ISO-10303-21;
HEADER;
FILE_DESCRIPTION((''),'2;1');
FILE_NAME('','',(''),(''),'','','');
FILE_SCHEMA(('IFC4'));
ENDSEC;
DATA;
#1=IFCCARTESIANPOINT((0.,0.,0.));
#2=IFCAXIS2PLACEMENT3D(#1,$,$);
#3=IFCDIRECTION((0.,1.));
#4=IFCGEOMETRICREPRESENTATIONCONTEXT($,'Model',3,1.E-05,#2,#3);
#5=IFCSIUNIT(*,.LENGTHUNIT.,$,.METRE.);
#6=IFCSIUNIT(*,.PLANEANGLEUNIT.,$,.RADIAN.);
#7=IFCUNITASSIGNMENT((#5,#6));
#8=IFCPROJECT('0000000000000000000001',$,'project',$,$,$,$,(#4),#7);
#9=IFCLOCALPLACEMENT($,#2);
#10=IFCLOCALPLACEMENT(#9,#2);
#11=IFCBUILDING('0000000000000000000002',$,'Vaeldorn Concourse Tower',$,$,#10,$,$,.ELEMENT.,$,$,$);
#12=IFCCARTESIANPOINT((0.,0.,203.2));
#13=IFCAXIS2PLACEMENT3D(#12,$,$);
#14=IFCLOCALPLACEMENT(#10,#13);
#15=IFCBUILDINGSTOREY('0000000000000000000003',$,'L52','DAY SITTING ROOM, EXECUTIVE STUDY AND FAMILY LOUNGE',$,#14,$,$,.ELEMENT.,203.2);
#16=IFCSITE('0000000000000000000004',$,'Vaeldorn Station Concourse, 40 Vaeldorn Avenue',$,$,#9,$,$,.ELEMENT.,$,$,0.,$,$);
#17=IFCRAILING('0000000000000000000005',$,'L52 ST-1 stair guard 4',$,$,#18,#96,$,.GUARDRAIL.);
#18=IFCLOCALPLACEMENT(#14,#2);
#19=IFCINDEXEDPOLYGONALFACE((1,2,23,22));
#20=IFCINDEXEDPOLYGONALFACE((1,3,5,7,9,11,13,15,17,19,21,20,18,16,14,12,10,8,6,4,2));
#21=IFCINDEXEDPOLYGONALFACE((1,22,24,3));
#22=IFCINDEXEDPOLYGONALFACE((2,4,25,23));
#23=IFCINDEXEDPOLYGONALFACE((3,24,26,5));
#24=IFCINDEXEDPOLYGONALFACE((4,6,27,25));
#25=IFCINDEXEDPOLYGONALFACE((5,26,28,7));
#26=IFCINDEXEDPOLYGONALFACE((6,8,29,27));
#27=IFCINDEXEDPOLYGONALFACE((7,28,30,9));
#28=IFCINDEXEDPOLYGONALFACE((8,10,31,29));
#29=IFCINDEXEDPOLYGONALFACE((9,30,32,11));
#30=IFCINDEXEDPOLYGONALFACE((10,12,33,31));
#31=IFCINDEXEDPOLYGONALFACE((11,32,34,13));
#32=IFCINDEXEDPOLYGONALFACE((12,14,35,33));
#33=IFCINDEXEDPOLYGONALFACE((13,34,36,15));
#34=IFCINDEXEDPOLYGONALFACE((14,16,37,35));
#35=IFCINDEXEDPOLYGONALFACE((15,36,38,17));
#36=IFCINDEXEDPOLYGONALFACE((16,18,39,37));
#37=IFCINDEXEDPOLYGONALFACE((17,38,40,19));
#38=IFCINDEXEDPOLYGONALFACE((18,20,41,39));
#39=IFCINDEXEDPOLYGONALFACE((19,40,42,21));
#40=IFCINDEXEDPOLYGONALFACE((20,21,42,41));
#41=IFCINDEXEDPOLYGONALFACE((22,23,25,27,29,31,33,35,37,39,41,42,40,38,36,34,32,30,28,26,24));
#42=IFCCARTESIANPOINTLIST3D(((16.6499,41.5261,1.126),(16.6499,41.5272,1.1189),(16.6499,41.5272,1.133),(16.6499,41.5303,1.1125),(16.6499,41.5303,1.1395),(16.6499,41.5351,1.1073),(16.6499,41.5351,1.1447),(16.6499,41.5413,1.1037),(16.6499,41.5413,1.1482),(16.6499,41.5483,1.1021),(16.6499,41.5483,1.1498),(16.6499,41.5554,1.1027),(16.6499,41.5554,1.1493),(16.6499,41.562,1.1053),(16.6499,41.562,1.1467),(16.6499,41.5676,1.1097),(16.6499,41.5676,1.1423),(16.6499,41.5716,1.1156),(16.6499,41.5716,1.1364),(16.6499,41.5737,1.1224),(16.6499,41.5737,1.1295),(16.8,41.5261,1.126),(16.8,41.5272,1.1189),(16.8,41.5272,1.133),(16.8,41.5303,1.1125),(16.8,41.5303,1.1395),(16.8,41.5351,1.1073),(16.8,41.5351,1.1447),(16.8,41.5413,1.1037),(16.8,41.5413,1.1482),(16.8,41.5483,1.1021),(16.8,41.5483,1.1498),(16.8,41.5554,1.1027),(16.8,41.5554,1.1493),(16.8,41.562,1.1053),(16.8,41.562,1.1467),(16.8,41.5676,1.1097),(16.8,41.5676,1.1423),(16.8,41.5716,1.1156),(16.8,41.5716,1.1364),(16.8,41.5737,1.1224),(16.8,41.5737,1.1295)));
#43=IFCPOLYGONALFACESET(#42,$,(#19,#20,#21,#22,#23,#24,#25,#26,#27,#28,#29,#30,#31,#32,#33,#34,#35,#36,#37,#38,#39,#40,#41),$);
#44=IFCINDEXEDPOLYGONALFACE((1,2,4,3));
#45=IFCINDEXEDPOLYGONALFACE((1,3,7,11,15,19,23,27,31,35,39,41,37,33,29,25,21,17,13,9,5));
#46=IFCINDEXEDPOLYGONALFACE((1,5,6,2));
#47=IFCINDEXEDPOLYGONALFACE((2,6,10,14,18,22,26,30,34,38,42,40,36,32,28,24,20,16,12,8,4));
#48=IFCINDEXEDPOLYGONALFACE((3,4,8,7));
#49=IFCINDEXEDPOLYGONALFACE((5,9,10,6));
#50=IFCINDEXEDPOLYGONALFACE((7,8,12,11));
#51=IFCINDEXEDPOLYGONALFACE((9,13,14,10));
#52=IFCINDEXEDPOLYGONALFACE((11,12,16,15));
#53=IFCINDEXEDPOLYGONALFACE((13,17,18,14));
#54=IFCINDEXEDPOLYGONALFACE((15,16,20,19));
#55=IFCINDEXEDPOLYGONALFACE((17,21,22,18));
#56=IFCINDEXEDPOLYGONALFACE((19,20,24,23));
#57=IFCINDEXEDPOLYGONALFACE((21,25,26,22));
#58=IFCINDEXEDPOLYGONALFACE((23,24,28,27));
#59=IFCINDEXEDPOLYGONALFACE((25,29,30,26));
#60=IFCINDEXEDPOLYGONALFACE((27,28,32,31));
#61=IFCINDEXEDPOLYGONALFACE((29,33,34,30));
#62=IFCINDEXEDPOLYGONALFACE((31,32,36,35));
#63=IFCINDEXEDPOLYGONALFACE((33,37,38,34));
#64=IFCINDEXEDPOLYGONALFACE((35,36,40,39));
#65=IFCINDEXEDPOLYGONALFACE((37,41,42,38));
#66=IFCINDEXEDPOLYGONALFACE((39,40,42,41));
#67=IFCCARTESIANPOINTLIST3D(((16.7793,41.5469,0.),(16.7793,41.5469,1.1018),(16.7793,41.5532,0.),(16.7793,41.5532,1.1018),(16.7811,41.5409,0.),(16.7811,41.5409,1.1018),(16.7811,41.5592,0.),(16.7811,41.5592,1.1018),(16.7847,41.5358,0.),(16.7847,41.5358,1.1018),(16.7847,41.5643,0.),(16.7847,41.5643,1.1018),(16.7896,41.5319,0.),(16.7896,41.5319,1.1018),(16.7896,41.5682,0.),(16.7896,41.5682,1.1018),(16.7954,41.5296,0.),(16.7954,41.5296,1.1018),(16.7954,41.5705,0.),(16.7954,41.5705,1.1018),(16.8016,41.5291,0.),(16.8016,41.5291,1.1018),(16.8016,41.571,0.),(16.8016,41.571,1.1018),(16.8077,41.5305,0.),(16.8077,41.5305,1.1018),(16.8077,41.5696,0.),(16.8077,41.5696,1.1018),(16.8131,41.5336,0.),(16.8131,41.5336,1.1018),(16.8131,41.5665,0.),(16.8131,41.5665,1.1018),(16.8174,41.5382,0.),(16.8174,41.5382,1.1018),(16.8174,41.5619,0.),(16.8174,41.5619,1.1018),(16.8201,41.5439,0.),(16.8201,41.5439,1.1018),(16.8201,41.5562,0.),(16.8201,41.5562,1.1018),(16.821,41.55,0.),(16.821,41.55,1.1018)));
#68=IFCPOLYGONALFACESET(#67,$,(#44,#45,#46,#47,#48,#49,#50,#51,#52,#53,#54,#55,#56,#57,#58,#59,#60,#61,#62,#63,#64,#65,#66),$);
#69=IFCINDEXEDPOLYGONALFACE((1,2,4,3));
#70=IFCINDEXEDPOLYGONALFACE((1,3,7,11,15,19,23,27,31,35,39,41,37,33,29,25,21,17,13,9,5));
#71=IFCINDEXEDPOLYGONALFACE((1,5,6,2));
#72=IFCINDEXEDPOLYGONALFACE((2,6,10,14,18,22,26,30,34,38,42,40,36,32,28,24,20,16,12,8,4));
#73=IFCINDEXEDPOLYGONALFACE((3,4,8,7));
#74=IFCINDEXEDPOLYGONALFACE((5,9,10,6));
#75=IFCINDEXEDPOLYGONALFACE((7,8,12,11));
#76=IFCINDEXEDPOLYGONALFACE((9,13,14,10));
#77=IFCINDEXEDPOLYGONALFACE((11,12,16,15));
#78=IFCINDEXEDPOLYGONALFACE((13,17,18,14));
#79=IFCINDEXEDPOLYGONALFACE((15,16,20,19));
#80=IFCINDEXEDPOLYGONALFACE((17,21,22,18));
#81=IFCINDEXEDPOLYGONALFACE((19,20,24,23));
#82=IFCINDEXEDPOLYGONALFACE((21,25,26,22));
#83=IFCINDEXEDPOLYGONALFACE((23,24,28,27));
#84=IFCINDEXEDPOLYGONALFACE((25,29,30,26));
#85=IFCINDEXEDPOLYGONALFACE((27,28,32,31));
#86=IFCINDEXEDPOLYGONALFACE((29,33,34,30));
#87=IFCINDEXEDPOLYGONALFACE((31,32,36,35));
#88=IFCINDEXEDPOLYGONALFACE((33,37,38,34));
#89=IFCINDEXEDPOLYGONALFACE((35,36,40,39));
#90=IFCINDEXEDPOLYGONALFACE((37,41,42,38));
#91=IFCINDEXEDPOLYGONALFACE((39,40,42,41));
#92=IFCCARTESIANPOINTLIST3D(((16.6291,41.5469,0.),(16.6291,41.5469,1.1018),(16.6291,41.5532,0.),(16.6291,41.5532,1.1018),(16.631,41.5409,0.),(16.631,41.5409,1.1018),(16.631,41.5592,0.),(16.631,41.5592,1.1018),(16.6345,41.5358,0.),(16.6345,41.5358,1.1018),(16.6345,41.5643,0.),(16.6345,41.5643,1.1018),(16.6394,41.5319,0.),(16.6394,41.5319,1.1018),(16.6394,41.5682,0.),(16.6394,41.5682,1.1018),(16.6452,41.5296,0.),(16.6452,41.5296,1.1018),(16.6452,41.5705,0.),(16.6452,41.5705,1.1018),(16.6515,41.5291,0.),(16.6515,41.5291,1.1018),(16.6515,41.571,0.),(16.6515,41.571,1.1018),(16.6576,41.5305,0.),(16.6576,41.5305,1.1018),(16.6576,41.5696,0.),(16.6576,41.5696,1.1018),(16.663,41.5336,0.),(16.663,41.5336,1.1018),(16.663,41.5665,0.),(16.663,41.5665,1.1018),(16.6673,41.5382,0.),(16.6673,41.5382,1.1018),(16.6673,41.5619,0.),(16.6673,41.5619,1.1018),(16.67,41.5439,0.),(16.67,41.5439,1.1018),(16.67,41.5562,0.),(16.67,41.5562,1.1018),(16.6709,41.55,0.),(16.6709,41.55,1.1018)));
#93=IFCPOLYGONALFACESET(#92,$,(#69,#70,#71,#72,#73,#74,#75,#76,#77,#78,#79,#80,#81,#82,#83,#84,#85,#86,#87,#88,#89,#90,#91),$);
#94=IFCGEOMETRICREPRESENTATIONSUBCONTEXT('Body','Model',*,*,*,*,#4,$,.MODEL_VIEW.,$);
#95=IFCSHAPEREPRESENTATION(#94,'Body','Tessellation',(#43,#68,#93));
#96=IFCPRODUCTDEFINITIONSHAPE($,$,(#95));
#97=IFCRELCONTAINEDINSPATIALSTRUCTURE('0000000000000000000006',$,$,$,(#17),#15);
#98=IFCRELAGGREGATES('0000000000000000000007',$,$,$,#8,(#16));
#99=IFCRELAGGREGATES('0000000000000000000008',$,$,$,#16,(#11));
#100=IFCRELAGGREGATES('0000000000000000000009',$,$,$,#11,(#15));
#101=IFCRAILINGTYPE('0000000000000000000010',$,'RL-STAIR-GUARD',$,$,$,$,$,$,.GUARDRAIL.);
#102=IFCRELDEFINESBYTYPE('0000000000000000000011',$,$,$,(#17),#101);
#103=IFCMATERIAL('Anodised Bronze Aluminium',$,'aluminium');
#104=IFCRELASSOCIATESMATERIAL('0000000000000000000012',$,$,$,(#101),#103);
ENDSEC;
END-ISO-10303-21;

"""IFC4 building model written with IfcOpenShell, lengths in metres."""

from ifc_helpers import new_model, si_unit, direction, frame, origin, origin_2d, place, context, subcontext, project, spatial, circle, extrude, material, type_object, element, save


model = new_model("IFC4")

# Units and contexts
model_context = context("Model", 3, precision=1e-05, world=origin(), true_north=direction((0.0, 1.0)))
body_context = subcontext(model_context, "Body", "Model", "MODEL_VIEW")
ifc_project = project(units=[si_unit("LENGTHUNIT", "METRE"), si_unit("PLANEANGLEUNIT", "RADIAN")], contexts=[model_context])

# Site, building, storey
site_placement = place(None, origin())
site = spatial("IfcSite", under=ifc_project, at=site_placement, Name="Vaeldorn Station Concourse, 40 Vaeldorn Avenue", CompositionType="ELEMENT", RefElevation=0.0)
building_placement = place(site_placement, origin())
building = spatial("IfcBuilding", under=site, at=building_placement, Name="Vaeldorn Concourse Tower", CompositionType="ELEMENT")
storey_placement = place(building_placement, frame((0.0, 0.0, 203.2)))
storey = spatial("IfcBuildingStorey", under=building, at=storey_placement, Name="L52", Description="DAY SITTING ROOM, EXECUTIVE STUDY AND FAMILY LOUNGE", CompositionType="ELEMENT", Elevation=203.2)

# Railing
ifc_material_1 = material(Name="Anodised Bronze Aluminium", Category="aluminium")
railing_type_1 = type_object("IfcRailingType", Name="RL-STAIR-GUARD", PredefinedType="GUARDRAIL", material=ifc_material_1)
railing_1_placement = place(storey_placement, frame((16.8, 41.55, 0.0)))
element("IfcRailing", 1, at=railing_1_placement, inside=storey, type_object=railing_type_1, Name="L52 ST-1 stair guard 4", PredefinedType="GUARDRAIL", context=body_context, shape_type="SweptSolid", body=[
    extrude(circle(Radius=0.0239, at=origin_2d()), frame((0.0, 0.0, 1.126), z_axis=(-1.0, 0.0, 0.0), x_axis=(0.0, -1.0, 0.0)), (0.0, 0.0, 1.0), 0.1501),
    extrude(circle(Radius=0.021, at=origin_2d()), origin(), (0.0, 0.0, 1.0), 1.1018),
    extrude(circle(Radius=0.021, at=origin_2d()), frame((-0.1501, 0.0, 0.0)), (0.0, 0.0, 1.0), 1.1018),
])

save(model, "model.ifc")
